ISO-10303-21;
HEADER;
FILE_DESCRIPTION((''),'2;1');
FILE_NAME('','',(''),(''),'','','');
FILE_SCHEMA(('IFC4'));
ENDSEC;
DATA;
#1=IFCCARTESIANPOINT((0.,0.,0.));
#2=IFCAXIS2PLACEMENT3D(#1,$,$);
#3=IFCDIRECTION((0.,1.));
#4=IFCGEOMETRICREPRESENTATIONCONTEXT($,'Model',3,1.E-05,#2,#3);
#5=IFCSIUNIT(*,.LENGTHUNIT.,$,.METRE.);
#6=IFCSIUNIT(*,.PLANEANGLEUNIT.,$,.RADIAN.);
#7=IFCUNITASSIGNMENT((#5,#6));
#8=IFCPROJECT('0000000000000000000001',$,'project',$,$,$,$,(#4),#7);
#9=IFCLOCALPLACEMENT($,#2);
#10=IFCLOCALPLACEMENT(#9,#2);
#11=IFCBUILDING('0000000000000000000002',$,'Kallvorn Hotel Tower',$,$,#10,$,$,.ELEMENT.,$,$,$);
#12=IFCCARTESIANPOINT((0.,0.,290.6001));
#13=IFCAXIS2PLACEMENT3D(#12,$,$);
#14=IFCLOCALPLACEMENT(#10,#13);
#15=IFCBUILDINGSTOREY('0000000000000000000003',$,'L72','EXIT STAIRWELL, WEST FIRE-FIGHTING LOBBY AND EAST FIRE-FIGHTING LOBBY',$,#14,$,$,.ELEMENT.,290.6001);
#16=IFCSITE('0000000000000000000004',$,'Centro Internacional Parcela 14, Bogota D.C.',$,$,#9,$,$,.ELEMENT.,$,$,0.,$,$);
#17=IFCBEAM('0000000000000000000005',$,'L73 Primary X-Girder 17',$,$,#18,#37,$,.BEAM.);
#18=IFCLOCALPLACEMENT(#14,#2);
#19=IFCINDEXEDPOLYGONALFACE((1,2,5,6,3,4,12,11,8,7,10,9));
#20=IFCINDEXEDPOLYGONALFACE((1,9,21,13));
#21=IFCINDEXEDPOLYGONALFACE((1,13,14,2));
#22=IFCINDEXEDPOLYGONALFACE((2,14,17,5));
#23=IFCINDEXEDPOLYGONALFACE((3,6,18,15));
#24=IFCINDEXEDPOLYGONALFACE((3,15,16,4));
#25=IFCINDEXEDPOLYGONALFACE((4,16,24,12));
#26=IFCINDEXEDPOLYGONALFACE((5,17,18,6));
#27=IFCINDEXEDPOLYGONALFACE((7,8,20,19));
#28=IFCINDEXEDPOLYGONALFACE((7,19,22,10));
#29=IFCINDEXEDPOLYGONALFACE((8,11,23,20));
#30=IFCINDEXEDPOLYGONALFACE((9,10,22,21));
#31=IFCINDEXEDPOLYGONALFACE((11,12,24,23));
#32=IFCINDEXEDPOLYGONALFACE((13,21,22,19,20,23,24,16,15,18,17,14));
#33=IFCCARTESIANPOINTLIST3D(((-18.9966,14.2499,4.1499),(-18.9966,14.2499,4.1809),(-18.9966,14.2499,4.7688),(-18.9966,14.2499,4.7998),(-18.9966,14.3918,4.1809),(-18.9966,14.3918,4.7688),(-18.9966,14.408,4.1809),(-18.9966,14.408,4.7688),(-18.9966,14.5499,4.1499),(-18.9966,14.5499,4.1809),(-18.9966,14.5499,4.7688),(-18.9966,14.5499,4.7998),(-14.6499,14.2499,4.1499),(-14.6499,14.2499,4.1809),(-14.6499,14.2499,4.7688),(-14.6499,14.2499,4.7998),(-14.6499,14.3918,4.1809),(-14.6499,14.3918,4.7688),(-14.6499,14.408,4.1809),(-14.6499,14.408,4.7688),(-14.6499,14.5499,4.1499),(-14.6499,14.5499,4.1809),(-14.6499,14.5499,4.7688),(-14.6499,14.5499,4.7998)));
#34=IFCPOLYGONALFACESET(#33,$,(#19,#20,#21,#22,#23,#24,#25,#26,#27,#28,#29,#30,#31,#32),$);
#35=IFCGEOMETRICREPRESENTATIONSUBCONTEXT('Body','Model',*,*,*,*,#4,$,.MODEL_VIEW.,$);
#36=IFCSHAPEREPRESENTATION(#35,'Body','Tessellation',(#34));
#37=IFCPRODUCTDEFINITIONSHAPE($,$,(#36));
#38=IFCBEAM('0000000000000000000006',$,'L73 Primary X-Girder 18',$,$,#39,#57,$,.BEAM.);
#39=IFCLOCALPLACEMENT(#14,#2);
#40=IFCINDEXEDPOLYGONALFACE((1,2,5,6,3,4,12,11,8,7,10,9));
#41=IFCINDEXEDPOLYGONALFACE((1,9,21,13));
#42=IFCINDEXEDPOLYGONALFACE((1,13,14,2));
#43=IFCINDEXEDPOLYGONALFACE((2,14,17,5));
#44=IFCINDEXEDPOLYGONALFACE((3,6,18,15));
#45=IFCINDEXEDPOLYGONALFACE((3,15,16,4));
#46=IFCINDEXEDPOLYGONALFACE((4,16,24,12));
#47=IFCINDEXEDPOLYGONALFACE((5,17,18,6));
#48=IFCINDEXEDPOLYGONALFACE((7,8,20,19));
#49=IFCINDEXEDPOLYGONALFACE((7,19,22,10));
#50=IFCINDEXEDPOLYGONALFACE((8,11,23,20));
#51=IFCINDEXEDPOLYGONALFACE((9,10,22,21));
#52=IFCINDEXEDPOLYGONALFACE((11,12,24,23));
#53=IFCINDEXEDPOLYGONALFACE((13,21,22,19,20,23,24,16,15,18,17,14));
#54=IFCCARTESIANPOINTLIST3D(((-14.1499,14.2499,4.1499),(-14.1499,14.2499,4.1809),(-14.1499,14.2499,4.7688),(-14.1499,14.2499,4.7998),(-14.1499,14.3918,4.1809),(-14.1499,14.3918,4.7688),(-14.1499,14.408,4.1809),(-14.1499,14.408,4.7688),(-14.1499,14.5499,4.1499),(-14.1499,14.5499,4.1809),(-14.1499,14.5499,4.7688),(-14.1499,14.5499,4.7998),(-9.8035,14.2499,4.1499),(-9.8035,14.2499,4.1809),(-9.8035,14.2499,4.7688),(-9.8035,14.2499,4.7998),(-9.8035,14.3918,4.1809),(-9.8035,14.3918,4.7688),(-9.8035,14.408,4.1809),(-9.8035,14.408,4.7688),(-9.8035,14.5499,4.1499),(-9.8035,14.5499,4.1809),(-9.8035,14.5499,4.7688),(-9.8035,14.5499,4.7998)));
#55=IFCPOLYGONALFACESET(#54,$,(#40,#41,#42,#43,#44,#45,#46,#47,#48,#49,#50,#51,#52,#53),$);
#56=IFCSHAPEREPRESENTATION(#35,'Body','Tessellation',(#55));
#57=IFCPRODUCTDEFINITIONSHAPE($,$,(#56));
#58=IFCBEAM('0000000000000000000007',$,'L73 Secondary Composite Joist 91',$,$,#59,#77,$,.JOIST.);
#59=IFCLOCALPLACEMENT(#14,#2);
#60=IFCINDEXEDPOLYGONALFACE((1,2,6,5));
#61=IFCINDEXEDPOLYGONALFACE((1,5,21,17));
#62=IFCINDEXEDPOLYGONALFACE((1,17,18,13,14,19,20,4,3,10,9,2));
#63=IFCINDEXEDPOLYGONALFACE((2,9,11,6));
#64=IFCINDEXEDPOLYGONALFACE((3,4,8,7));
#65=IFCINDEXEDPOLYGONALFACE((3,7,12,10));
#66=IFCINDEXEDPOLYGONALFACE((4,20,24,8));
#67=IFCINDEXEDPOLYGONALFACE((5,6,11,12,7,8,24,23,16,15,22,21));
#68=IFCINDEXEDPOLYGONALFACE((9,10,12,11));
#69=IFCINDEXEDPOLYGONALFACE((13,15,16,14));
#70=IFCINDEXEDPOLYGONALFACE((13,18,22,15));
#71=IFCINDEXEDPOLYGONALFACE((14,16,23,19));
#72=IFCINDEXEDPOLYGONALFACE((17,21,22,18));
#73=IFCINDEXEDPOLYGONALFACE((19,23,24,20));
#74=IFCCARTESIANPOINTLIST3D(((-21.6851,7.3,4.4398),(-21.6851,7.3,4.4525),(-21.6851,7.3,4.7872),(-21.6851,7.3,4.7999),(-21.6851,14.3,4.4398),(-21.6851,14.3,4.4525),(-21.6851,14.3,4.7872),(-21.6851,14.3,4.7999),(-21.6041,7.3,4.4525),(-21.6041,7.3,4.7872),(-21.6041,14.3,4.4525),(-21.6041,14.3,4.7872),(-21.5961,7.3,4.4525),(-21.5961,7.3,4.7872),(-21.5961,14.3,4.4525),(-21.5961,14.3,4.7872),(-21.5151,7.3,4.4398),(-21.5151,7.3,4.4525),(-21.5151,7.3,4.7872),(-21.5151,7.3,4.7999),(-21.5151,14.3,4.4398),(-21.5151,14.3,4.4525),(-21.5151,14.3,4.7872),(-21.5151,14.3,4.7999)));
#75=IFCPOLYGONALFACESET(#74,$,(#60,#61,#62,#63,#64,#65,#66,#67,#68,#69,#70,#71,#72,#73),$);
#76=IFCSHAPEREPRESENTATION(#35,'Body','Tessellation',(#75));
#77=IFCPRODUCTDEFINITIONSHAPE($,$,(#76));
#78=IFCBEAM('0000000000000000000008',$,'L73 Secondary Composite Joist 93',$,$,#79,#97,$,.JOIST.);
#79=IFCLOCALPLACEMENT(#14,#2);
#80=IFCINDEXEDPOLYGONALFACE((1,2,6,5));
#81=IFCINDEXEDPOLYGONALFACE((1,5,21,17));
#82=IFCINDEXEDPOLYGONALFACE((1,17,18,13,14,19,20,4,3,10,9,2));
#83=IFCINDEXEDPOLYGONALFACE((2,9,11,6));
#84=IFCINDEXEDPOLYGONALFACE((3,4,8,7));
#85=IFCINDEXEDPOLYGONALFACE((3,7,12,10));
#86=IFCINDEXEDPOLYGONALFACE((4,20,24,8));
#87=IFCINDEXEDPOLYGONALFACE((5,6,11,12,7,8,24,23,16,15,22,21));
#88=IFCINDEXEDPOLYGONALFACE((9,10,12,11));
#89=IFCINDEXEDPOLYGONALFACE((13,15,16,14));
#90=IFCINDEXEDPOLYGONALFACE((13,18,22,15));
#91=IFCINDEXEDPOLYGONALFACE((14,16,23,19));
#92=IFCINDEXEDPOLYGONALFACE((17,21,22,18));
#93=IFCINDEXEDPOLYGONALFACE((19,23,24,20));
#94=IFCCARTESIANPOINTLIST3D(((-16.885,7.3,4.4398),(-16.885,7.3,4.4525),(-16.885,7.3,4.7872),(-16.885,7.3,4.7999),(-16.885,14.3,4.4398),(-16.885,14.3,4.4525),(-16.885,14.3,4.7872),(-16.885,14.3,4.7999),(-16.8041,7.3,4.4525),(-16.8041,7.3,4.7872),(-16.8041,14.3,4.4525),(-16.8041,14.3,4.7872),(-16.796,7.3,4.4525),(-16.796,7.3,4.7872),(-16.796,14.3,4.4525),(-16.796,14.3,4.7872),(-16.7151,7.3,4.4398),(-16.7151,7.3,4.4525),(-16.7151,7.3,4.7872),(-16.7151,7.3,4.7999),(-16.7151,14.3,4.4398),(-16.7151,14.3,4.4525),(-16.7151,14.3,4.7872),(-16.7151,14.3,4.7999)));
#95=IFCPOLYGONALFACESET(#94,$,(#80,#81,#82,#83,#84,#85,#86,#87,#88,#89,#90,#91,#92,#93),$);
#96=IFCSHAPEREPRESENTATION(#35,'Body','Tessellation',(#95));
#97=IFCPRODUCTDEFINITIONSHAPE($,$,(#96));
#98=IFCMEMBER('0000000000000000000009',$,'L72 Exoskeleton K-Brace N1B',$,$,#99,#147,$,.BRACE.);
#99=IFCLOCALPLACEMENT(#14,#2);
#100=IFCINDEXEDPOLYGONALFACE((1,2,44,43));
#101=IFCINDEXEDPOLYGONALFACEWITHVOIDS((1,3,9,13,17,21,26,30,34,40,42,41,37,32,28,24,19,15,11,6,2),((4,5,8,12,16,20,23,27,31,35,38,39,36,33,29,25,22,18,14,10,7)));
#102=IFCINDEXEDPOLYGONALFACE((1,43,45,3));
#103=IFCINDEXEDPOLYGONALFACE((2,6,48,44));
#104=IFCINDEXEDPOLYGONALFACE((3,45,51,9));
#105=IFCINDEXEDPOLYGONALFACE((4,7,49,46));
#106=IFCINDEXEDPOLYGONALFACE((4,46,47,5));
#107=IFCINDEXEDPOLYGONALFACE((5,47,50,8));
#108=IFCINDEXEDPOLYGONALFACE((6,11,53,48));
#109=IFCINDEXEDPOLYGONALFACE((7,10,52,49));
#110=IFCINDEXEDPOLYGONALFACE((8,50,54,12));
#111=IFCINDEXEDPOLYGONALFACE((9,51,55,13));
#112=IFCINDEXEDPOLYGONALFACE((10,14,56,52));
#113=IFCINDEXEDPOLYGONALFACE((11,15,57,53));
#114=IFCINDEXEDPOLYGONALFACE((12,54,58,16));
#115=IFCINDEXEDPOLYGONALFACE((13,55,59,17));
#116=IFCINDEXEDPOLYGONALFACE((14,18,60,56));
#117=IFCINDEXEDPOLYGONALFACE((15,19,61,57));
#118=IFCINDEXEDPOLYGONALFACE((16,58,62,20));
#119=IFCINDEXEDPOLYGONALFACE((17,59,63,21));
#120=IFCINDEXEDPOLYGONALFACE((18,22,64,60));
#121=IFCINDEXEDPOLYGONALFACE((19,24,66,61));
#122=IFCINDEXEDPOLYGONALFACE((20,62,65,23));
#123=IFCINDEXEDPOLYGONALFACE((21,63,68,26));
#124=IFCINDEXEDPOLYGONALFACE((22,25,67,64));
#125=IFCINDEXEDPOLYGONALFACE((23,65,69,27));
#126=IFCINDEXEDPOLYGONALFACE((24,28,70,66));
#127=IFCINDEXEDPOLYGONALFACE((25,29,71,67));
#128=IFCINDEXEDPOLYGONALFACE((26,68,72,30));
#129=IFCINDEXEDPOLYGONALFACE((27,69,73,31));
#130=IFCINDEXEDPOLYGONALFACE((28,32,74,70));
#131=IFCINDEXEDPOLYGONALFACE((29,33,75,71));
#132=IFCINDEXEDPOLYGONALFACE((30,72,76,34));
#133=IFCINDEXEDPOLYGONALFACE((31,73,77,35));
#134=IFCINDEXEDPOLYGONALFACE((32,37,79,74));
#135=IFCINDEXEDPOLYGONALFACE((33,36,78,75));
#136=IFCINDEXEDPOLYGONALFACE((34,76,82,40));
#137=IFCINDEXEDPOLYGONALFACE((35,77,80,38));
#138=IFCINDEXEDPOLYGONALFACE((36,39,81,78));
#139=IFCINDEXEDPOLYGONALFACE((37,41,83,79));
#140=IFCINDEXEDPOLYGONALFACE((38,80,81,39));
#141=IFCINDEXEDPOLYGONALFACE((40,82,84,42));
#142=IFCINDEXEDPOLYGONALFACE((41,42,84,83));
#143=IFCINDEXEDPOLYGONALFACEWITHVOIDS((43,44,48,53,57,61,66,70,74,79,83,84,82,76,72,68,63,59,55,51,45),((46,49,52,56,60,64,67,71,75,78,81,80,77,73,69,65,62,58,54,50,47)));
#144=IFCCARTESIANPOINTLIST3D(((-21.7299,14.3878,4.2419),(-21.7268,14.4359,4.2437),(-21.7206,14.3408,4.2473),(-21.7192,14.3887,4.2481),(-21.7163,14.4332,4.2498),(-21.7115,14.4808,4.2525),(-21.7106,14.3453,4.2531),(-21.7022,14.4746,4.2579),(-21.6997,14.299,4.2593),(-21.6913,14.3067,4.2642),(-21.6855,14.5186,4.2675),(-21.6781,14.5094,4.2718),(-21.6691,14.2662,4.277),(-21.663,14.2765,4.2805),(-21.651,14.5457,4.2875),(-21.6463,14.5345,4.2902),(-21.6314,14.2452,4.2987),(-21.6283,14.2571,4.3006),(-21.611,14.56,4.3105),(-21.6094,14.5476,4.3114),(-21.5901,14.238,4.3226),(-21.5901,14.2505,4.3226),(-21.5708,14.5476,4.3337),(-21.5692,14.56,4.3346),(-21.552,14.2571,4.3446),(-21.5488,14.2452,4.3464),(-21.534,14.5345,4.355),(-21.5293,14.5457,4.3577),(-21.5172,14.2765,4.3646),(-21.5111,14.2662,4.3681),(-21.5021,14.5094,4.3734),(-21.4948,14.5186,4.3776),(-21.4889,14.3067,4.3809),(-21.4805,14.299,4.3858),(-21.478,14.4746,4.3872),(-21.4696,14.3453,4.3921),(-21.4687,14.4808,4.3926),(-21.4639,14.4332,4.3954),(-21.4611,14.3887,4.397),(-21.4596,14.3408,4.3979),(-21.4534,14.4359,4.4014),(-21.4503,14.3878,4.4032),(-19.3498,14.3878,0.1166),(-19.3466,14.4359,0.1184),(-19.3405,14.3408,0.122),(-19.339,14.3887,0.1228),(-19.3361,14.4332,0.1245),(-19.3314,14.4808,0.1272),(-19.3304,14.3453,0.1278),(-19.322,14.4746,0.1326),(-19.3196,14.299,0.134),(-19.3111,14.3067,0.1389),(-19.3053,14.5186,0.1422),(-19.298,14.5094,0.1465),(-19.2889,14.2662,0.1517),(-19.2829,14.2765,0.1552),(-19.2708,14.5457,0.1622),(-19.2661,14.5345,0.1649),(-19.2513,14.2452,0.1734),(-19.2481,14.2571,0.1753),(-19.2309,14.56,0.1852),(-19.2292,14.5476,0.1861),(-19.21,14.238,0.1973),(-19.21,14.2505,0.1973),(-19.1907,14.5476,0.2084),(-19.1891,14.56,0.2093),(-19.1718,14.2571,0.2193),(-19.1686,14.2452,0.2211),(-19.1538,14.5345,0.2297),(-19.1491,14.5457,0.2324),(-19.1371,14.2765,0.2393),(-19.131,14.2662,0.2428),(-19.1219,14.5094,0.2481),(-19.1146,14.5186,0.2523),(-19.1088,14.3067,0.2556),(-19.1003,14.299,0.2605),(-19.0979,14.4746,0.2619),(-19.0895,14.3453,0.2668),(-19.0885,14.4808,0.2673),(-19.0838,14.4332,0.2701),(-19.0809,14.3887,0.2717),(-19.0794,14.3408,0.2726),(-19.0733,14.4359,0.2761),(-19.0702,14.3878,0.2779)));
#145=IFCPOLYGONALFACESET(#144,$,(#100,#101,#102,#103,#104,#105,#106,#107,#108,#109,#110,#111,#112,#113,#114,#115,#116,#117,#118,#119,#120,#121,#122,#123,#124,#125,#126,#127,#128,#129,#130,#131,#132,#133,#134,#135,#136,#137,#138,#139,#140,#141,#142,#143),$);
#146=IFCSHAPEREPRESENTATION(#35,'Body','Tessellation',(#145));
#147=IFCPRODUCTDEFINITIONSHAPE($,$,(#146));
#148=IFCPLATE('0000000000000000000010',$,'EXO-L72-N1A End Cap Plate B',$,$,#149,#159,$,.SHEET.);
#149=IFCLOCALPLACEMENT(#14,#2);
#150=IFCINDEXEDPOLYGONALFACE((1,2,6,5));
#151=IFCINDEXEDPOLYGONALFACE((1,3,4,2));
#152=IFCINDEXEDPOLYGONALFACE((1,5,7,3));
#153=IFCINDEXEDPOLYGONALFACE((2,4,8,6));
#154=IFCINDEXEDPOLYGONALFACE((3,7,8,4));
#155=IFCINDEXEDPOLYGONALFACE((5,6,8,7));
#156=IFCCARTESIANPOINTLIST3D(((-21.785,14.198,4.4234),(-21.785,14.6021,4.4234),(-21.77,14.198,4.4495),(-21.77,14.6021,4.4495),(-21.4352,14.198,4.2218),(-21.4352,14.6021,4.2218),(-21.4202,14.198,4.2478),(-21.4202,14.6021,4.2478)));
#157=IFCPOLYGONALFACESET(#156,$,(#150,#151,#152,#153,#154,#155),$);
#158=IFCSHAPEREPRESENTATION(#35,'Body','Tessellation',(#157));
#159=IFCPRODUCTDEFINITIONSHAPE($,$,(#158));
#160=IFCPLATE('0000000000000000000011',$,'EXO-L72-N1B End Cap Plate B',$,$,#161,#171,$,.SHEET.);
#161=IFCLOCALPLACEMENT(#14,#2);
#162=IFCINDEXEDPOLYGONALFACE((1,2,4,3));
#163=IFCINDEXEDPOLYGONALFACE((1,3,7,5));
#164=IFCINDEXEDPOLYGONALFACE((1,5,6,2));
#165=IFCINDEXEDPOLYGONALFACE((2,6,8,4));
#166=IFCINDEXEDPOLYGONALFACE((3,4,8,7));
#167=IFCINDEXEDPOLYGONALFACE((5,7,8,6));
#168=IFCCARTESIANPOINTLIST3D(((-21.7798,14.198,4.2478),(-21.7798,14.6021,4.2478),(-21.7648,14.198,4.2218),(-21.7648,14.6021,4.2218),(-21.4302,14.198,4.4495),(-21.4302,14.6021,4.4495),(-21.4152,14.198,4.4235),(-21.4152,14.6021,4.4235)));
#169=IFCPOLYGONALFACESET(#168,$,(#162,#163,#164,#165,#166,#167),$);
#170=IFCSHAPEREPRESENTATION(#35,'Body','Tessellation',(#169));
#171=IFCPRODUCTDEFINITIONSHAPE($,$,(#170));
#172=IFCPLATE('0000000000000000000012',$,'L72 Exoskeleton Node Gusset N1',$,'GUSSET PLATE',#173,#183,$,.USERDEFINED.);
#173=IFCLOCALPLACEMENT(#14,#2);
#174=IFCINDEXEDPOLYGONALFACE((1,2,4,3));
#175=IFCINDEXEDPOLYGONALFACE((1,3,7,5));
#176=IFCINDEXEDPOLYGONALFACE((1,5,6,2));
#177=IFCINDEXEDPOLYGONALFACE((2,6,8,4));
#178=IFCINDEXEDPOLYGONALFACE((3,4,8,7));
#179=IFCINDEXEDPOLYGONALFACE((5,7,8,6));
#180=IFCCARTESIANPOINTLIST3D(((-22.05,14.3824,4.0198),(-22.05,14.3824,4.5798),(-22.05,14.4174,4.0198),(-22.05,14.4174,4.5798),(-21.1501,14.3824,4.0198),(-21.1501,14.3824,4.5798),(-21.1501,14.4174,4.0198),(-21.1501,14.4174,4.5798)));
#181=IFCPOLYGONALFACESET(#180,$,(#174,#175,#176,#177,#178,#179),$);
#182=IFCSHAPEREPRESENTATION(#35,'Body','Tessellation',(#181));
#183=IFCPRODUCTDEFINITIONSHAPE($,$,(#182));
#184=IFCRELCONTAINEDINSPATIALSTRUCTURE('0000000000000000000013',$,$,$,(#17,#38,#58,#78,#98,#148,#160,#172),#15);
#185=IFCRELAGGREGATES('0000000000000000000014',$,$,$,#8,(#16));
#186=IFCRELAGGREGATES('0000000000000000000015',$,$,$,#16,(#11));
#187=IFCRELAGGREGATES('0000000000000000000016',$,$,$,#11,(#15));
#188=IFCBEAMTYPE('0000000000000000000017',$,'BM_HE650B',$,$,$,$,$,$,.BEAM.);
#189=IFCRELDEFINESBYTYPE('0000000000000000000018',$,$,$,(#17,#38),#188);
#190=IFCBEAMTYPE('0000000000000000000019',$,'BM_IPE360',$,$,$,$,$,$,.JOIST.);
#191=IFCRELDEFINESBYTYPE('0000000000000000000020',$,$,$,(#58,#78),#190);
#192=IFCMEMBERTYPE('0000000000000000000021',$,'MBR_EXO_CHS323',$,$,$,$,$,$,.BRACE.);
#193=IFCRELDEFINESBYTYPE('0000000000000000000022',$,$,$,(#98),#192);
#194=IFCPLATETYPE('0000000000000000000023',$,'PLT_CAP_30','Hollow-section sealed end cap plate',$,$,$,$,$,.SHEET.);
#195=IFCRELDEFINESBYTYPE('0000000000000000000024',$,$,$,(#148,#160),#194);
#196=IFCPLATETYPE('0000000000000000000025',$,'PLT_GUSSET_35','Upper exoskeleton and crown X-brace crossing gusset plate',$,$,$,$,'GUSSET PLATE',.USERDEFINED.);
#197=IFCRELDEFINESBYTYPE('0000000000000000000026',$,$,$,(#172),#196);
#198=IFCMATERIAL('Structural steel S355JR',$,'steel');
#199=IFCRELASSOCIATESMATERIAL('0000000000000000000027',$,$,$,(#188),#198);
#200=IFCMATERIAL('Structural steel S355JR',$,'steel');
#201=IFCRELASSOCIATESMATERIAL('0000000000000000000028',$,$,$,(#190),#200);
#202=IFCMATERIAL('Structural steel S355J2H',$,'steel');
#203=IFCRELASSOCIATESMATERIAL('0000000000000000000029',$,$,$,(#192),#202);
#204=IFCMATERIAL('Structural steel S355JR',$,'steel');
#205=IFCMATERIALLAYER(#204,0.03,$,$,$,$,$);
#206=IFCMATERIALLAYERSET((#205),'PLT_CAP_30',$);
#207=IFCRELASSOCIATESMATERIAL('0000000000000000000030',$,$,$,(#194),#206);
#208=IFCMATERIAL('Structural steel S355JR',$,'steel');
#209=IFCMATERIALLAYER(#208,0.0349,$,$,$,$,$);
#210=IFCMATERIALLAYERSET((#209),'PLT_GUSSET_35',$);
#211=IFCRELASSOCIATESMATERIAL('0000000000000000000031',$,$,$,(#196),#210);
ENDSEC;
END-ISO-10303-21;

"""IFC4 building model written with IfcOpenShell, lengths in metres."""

from ifc_helpers import new_model, si_unit, direction, frame, origin, origin_2d, place, context, subcontext, project, spatial, polyline, rectangle, hollow_circle, i_section, outline, extrude, material, layer, layer_set, material_profile, profile_set, type_object, element, save


model = new_model("IFC4")

# Units and contexts
model_context = context("Model", 3, precision=1e-05, world=origin(), true_north=direction((0.0, 1.0)))
body_context = subcontext(model_context, "Body", "Model", "MODEL_VIEW")
ifc_project = project(units=[si_unit("LENGTHUNIT", "METRE"), si_unit("PLANEANGLEUNIT", "RADIAN")], contexts=[model_context])

# Site, building, storey
site_placement = place(None, origin())
site = spatial("IfcSite", under=ifc_project, at=site_placement, Name="Centro Internacional Parcela 14, Bogota D.C.", CompositionType="ELEMENT", RefElevation=0.0)
building_placement = place(site_placement, origin())
building = spatial("IfcBuilding", under=site, at=building_placement, Name="Kallvorn Hotel Tower", CompositionType="ELEMENT")
storey_placement = place(building_placement, frame((0.0, 0.0, 290.6001)))
storey = spatial("IfcBuildingStorey", under=building, at=storey_placement, Name="L72", Description="EXIT STAIRWELL, WEST FIRE-FIGHTING LOBBY AND EAST FIRE-FIGHTING LOBBY", CompositionType="ELEMENT", Elevation=290.6001)

# Beams
ifc_material_1 = material(Name="Structural steel S355JR", Category="steel")
ifc_material_profile_1 = material_profile(ifc_material_1, i_section(OverallWidth=0.3, OverallDepth=0.6499, WebThickness=0.0161, FlangeThickness=0.031, at=origin_2d()), Name="HE 650 B")
ifc_profile_set_1 = profile_set([ifc_material_profile_1], Name="Structural steel S355JR")
beam_type_1 = type_object("IfcBeamType", Name="BM_HE650B", PredefinedType="BEAM", material=ifc_profile_set_1)
beam_1_placement = place(storey_placement, frame((-18.9966, 14.3999, 4.4749), z_axis=(1.0, 0.0, 0.0), x_axis=(0.0, 1.0, 0.0)))
element("IfcBeam", 1, at=beam_1_placement, inside=storey, type_object=beam_type_1, Name="L73 Primary X-Girder 17", PredefinedType="BEAM", context=body_context, shape_type="SweptSolid", body=[
    extrude(i_section(OverallWidth=0.3, OverallDepth=0.6499, WebThickness=0.0161, FlangeThickness=0.031, at=origin_2d()), origin(), (0.0, 0.0, 1.0), 4.3467),
])
beam_2_placement = place(storey_placement, frame((-14.1499, 14.3999, 4.4749), z_axis=(1.0, 0.0, 0.0), x_axis=(0.0, 1.0, 0.0)))
element("IfcBeam", 2, at=beam_2_placement, inside=storey, type_object=beam_type_1, Name="L73 Primary X-Girder 18", PredefinedType="BEAM", context=body_context, shape_type="SweptSolid", body=[
    extrude(i_section(OverallWidth=0.3, OverallDepth=0.6499, WebThickness=0.0161, FlangeThickness=0.031, at=origin_2d()), origin(), (0.0, 0.0, 1.0), 4.3464),
])
ifc_material_2 = material(Name="Structural steel S355JR", Category="steel")
ifc_material_profile_2 = material_profile(ifc_material_2, i_section(OverallWidth=0.1699, OverallDepth=0.3601, WebThickness=0.0081, FlangeThickness=0.0127, at=origin_2d()), Name="IPE 360")
ifc_profile_set_2 = profile_set([ifc_material_profile_2], Name="Structural steel S355JR")
beam_type_2 = type_object("IfcBeamType", Name="BM_IPE360", PredefinedType="JOIST", material=ifc_profile_set_2)
for number, where, z_axis, x_axis, name in (
    (3, (-21.6001, 7.3, 4.6199), (0.0, 1.0, 0.0), (-1.0, 0.0, 0.0), "L73 Secondary Composite Joist 91"),
    (4, (-16.8, 7.3, 4.6199), (0.0, 1.0, 0.0), (-1.0, 0.0, 0.0), "L73 Secondary Composite Joist 93"),
):
    element("IfcBeam", number, at=place(storey_placement, frame(where, z_axis=z_axis, x_axis=x_axis)), inside=storey, type_object=beam_type_2, Name=name, PredefinedType="JOIST", context=body_context, shape_type="SweptSolid", body=[
        extrude(i_section(OverallWidth=0.1699, OverallDepth=0.3601, WebThickness=0.0081, FlangeThickness=0.0127, at=origin_2d()), origin(), (0.0, 0.0, 1.0), 7.0),
    ])

# Member
ifc_material_3 = material(Name="Structural steel S355J2H", Category="steel")
ifc_material_profile_3 = material_profile(ifc_material_3, hollow_circle(Radius=0.1619, WallThickness=0.0125, at=origin_2d()), Name="CHS 323.9x12.5")
ifc_profile_set_3 = profile_set([ifc_material_profile_3], Name="Structural steel S355J2H")
member_type = type_object("IfcMemberType", Name="MBR_EXO_CHS323", PredefinedType="BRACE", material=ifc_profile_set_3)
member_placement = place(storey_placement, frame((-19.21, 14.3999, 0.1973), z_axis=(-0.499751, 0.0, 0.866169), x_axis=(0.0, -1.0, 0.0)))
element("IfcMember", 5, at=member_placement, inside=storey, type_object=member_type, Name="L72 Exoskeleton K-Brace N1B", PredefinedType="BRACE", context=body_context, shape_type="SweptSolid", body=[
    extrude(hollow_circle(Radius=0.1619, WallThickness=0.0125, at=origin_2d()), origin(), (0.0, 0.0, 1.0), 4.7627),
])

# Plates
ifc_material_4 = material(Name="Structural steel S355JR", Category="steel")
ifc_layer_1 = layer(ifc_material_4, 0.03)
ifc_layer_set_1 = layer_set([ifc_layer_1], Name="PLT_CAP_30")
plate_type_1 = type_object("IfcPlateType", Name="PLT_CAP_30", Description="Hollow-section sealed end cap plate", PredefinedType="SHEET", material=ifc_layer_set_1)
plate_1_placement = place(storey_placement, frame((-21.4202, 14.198, 4.2478), z_axis=(0.499391, 0.0, 0.866377), x_axis=(0.0, 1.0, 0.0)))
element("IfcPlate", 6, at=plate_1_placement, inside=storey, type_object=plate_type_1, Name="EXO-L72-N1A End Cap Plate B", PredefinedType="SHEET", context=body_context, shape_type="SweptSolid", body=[
    extrude(outline(polyline([(0.0, 0.0), (0.4041, 0.0), (0.4041, 0.4038), (0.0, 0.4038), (0.0, 0.0)])), origin(), (0.0, 0.0, -1.0), 0.03),
])
plate_2_placement = place(storey_placement, frame((-21.7798, 14.6021, 4.2478), z_axis=(-0.499653, 0.0, 0.866226), x_axis=(0.0, -1.0, 0.0)))
element("IfcPlate", 7, at=plate_2_placement, inside=storey, type_object=plate_type_1, Name="EXO-L72-N1B End Cap Plate B", PredefinedType="SHEET", context=body_context, shape_type="SweptSolid", body=[
    extrude(outline(polyline([(0.0, 0.0), (0.4041, 0.0), (0.4041, 0.4036), (0.0, 0.4036), (0.0, 0.0)])), origin(), (0.0, 0.0, -1.0), 0.03),
])
ifc_material_5 = material(Name="Structural steel S355JR", Category="steel")
ifc_layer_2 = layer(ifc_material_5, 0.0349)
ifc_layer_set_2 = layer_set([ifc_layer_2], Name="PLT_GUSSET_35")
plate_type_2 = type_object("IfcPlateType", Name="PLT_GUSSET_35", Description="Upper exoskeleton and crown X-brace crossing gusset plate", ElementType="GUSSET PLATE", PredefinedType="USERDEFINED", material=ifc_layer_set_2)
plate_3_placement = place(storey_placement, frame((-21.6001, 14.3999, 4.0198), z_axis=(0.0, 0.0, 1.0), x_axis=(1.0, 0.0, 0.0)))
element("IfcPlate", 8, at=plate_3_placement, inside=storey, type_object=plate_type_2, Name="L72 Exoskeleton Node Gusset N1", ObjectType="GUSSET PLATE", PredefinedType="USERDEFINED", context=body_context, shape_type="SweptSolid", body=[
    extrude(rectangle(XDim=0.8999, YDim=0.0349, at=origin_2d()), origin(), (0.0, 0.0, 1.0), 0.5601),
])

save(model, "model.ifc")
